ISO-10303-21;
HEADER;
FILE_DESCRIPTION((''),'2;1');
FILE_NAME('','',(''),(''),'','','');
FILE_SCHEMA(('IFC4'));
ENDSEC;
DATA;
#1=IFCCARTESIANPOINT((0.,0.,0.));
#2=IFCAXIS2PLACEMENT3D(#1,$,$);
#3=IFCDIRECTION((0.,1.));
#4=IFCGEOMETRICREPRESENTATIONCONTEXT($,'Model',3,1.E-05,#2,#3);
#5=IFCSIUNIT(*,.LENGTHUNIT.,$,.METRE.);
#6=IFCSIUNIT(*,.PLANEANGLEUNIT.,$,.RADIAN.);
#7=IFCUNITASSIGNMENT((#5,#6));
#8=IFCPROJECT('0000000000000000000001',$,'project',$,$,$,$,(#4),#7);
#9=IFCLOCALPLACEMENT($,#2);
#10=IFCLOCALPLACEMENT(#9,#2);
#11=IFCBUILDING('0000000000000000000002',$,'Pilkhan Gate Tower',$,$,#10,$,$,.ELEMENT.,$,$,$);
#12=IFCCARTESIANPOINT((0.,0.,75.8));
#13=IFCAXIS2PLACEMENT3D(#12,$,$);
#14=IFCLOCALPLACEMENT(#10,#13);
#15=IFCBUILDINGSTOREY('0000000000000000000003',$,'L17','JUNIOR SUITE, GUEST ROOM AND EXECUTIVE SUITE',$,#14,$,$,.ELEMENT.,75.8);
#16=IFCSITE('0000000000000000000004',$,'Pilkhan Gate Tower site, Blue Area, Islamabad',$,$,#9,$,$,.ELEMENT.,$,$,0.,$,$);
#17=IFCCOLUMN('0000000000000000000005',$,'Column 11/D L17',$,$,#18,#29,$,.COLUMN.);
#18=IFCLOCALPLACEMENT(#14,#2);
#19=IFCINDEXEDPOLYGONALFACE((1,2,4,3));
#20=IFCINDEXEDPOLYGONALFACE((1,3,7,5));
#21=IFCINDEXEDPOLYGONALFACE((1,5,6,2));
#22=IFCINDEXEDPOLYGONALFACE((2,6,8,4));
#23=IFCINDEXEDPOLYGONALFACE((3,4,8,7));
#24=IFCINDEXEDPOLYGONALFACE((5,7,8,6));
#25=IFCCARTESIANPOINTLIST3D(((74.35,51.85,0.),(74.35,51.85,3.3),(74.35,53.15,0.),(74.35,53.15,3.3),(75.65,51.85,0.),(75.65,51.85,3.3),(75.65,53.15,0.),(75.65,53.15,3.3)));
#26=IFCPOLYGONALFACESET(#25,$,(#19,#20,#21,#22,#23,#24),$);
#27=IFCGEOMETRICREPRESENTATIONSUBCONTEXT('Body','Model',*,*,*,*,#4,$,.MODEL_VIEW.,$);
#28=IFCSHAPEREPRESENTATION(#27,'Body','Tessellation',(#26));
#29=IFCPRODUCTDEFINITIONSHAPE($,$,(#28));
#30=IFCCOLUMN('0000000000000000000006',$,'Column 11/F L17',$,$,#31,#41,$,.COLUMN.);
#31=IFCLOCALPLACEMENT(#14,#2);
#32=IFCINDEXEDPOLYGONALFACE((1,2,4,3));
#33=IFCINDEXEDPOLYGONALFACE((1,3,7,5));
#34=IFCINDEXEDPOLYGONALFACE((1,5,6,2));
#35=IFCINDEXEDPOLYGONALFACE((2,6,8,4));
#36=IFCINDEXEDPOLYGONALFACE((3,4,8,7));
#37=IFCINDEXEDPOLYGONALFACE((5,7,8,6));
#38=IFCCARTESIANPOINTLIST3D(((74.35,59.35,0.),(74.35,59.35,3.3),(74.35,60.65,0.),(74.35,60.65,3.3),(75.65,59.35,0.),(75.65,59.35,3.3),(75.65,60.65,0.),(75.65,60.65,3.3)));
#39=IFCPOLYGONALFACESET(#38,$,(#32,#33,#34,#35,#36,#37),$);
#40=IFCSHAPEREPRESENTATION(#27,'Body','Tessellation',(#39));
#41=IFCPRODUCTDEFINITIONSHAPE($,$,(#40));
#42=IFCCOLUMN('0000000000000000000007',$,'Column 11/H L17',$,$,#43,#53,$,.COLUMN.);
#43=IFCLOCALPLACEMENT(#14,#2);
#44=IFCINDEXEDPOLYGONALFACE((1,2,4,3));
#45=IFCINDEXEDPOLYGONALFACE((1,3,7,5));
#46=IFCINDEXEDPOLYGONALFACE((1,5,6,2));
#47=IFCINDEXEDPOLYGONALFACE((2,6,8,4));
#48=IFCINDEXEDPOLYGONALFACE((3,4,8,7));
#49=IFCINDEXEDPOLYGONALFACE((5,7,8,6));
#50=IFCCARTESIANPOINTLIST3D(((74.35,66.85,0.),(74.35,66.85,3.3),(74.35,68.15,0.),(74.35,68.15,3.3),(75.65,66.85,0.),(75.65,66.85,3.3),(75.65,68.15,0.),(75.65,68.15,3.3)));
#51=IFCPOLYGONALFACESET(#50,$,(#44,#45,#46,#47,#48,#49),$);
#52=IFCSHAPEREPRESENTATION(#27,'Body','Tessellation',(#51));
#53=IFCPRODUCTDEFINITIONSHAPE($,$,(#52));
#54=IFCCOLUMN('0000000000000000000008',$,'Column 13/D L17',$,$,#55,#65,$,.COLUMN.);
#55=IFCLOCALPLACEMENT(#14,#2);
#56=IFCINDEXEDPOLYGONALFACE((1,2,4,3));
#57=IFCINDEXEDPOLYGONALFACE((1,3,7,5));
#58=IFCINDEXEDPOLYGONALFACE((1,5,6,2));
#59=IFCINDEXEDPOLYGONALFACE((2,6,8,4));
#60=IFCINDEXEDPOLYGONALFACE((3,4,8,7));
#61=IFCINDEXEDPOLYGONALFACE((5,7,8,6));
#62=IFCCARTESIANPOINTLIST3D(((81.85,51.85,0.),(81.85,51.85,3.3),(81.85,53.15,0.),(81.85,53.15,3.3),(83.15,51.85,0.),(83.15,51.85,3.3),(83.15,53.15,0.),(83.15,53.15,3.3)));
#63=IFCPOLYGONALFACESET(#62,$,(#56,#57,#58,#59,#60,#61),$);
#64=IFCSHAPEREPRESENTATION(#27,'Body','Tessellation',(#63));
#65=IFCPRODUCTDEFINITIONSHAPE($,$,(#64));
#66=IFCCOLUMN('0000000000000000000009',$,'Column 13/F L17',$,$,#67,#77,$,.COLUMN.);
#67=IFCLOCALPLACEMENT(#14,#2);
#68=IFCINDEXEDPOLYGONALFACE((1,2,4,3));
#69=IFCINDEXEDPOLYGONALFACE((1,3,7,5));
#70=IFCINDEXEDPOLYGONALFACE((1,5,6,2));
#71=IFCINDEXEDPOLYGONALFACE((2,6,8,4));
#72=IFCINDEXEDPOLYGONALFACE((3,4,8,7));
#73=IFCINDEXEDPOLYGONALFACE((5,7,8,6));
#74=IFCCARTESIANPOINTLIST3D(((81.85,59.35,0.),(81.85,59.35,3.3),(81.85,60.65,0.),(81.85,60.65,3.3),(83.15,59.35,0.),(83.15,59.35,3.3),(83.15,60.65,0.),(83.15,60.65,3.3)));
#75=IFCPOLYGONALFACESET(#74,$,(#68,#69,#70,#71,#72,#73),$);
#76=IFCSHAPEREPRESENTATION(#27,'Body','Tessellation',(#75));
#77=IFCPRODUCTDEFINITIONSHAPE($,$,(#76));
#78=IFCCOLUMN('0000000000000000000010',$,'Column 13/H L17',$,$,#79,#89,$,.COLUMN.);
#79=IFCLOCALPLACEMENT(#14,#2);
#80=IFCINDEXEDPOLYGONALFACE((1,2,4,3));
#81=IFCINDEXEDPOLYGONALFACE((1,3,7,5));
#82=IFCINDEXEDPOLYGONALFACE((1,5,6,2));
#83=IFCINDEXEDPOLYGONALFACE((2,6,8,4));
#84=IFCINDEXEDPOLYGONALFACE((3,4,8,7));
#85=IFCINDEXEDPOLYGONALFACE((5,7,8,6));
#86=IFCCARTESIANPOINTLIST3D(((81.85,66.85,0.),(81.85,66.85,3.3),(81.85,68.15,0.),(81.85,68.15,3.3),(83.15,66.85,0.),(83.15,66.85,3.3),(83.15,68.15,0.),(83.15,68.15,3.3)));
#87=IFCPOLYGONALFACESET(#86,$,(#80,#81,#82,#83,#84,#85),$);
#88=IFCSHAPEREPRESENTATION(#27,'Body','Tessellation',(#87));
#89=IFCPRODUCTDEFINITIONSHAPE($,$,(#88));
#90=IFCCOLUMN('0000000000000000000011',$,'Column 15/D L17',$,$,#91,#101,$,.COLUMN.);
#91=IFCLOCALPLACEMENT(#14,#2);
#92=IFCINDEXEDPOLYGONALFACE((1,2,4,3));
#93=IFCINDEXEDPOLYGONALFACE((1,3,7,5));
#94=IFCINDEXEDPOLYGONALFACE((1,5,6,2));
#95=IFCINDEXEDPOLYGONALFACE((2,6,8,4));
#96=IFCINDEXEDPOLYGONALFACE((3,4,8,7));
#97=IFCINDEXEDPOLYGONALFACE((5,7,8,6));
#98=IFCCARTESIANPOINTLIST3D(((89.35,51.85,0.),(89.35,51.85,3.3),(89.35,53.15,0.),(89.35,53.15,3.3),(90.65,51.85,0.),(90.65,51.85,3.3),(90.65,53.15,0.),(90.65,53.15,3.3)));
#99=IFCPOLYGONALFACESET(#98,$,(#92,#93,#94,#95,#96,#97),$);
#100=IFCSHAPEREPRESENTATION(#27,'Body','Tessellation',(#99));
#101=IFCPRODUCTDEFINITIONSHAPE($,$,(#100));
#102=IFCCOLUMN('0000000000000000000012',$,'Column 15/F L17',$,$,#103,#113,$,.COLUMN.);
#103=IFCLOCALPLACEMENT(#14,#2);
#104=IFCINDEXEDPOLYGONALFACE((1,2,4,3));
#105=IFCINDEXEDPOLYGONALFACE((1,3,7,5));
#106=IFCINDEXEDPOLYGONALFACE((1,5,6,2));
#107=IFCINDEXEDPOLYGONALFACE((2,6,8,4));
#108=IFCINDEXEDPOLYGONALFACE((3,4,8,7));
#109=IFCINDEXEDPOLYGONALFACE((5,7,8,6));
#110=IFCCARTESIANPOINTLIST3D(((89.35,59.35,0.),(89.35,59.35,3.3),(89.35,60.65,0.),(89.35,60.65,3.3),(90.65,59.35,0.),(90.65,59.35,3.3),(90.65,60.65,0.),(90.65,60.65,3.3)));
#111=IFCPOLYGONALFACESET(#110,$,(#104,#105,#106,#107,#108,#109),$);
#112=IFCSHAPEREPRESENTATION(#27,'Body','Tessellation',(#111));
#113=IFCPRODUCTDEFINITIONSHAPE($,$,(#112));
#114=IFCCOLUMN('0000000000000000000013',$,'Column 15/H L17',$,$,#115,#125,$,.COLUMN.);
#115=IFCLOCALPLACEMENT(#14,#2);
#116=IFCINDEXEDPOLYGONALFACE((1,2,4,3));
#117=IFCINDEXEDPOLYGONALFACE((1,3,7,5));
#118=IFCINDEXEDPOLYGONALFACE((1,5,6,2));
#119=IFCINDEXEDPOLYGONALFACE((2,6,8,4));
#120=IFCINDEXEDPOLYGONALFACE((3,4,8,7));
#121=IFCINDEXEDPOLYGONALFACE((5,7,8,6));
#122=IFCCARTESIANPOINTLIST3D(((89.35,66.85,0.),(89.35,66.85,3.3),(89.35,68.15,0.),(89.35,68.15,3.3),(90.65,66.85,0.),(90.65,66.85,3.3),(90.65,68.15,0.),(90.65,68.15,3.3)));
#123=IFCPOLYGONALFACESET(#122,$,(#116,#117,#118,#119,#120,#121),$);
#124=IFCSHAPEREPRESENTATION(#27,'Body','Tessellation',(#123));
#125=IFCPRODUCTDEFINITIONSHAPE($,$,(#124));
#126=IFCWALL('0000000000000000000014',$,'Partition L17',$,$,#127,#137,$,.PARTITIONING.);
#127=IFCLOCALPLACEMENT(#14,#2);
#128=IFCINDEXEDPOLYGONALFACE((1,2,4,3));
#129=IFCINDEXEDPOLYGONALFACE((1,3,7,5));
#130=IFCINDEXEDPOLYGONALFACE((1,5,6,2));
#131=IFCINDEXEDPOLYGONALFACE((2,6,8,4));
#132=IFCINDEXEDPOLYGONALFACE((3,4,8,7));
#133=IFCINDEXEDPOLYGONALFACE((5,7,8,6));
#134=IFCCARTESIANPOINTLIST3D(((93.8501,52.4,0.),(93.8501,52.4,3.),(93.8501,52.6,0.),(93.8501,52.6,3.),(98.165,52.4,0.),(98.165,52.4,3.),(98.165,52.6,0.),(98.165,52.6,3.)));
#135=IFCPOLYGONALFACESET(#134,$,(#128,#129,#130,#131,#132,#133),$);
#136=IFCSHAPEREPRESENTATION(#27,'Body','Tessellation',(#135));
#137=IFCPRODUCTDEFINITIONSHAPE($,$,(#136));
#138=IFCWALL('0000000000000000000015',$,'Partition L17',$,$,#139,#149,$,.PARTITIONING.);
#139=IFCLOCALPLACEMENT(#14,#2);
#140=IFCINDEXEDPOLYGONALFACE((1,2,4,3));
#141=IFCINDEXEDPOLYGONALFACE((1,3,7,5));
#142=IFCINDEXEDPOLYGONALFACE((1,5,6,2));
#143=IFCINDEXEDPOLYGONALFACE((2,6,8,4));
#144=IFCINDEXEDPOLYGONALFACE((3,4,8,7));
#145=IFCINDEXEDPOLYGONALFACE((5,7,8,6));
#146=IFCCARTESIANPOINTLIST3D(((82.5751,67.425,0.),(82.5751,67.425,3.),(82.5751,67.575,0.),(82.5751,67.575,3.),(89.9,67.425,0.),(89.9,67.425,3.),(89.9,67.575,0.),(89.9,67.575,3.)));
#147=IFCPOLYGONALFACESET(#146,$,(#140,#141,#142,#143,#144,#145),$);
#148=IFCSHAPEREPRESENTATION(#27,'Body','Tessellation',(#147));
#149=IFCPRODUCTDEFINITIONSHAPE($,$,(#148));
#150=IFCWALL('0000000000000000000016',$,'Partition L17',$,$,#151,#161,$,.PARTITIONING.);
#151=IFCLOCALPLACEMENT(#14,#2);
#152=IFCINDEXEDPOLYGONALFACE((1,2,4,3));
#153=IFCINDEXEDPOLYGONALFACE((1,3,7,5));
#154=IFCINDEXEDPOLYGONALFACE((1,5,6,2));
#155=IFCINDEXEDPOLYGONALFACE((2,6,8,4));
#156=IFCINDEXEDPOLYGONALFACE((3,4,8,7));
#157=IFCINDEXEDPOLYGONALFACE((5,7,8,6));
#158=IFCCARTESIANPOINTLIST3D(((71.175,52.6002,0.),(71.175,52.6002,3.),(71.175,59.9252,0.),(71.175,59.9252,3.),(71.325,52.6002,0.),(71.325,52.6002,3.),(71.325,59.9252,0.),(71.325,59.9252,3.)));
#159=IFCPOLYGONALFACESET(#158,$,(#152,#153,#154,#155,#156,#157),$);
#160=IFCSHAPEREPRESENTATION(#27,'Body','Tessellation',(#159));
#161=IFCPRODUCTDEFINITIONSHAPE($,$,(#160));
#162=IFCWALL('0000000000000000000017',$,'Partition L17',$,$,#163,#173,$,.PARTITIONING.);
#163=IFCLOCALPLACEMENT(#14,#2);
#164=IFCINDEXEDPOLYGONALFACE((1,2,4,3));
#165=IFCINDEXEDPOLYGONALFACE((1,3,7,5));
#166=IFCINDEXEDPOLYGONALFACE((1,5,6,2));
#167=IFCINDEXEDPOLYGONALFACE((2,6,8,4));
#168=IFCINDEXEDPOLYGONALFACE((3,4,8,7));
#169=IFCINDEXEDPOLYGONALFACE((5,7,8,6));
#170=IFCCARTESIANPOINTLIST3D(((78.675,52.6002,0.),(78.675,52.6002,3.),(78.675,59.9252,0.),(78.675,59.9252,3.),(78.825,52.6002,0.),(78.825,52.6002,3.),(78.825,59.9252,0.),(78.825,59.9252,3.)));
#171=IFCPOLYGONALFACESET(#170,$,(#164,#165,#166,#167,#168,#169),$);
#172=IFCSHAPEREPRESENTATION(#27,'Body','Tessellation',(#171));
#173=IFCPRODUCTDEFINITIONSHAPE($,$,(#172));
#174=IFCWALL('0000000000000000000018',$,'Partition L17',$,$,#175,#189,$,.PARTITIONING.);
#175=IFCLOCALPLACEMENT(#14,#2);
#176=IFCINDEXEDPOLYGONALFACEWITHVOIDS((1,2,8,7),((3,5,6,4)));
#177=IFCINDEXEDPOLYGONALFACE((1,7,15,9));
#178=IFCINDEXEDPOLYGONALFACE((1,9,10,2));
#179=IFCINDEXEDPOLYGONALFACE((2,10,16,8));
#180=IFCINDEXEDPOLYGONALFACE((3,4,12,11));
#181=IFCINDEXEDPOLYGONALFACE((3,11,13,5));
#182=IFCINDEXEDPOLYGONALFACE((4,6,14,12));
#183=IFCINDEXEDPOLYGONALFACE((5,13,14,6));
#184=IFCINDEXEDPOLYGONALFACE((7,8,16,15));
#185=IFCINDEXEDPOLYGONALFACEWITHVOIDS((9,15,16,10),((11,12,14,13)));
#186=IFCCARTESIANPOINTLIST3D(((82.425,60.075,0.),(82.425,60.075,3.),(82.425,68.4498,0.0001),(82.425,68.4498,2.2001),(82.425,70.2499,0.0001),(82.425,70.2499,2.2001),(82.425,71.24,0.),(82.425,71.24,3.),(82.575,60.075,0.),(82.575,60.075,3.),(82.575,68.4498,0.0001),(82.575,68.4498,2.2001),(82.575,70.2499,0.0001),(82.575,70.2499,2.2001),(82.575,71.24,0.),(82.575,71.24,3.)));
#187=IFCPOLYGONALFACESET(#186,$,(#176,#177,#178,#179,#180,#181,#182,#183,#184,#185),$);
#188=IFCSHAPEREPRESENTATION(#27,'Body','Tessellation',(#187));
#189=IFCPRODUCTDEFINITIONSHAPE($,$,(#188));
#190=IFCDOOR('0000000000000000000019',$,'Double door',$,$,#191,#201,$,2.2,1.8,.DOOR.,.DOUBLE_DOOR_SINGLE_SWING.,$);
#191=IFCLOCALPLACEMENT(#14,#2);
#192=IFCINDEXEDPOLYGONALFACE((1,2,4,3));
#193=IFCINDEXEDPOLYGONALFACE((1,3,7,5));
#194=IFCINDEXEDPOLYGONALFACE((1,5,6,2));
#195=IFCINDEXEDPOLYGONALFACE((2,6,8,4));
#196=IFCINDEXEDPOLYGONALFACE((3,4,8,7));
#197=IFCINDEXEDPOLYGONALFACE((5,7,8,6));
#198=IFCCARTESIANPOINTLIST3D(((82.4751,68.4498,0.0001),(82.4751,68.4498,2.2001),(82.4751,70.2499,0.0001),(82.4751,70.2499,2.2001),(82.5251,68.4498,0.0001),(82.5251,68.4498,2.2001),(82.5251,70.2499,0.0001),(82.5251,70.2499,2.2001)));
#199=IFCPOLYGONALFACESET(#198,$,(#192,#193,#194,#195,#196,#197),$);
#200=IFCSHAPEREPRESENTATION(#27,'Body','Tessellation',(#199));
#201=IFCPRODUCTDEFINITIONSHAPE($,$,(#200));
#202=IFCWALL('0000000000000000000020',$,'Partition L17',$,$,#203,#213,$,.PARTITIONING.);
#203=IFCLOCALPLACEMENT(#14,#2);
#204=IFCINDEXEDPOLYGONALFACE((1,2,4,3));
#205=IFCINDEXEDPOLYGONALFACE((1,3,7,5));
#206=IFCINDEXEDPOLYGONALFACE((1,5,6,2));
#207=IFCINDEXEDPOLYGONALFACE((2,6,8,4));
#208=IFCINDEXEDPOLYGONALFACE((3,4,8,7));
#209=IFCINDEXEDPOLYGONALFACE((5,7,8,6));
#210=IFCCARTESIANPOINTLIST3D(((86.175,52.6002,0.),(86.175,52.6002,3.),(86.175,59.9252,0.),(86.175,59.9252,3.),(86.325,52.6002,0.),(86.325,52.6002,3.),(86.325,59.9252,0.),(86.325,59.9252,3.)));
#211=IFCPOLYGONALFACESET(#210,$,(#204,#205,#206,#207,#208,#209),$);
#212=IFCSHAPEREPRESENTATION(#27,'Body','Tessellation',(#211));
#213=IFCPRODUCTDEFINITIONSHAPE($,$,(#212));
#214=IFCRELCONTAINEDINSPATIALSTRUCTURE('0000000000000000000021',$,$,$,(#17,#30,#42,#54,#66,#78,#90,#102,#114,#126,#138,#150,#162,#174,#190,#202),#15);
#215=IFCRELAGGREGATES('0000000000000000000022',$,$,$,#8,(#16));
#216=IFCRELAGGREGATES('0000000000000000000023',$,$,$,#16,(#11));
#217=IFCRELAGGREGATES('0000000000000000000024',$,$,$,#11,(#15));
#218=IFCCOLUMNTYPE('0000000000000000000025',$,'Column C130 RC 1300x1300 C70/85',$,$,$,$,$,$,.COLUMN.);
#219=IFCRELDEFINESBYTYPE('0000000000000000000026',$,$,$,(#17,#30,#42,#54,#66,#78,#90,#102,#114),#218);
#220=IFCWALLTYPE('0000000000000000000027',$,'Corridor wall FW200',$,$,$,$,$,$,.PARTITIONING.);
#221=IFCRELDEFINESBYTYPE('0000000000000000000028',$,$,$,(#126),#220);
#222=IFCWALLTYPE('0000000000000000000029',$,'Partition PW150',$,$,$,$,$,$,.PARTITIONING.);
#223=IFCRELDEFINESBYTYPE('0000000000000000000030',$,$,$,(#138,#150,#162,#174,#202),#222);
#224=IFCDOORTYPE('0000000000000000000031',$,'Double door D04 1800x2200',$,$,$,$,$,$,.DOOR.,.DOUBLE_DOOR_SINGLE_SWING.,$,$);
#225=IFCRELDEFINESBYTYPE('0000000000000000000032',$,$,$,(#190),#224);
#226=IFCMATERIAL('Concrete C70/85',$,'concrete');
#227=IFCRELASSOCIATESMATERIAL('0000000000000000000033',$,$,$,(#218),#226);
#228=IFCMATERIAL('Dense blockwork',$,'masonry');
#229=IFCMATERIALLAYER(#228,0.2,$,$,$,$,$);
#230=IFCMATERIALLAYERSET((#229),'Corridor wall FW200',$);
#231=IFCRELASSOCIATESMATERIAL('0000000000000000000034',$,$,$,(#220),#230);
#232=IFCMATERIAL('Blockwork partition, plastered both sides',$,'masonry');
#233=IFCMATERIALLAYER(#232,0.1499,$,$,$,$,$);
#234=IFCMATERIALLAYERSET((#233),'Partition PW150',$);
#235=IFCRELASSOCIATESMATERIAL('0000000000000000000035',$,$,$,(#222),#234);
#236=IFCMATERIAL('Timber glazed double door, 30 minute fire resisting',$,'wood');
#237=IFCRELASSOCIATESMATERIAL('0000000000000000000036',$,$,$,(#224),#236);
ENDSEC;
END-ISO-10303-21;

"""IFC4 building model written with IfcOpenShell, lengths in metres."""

from ifc_helpers import new_model, si_unit, direction, frame, frame_2d, origin, origin_2d, place, context, subcontext, project, spatial, rectangle, extrude, material, layer, layer_set, material_profile, profile_set, type_object, element, fill, save


model = new_model("IFC4")

# Units and contexts
model_context = context("Model", 3, precision=1e-05, world=origin(), true_north=direction((0.0, 1.0)))
body_context = subcontext(model_context, "Body", "Model", "MODEL_VIEW")
ifc_project = project(units=[si_unit("LENGTHUNIT", "METRE"), si_unit("PLANEANGLEUNIT", "RADIAN")], contexts=[model_context])

# Site, building, storey
site_placement = place(None, origin())
site = spatial("IfcSite", under=ifc_project, at=site_placement, Name="Pilkhan Gate Tower site, Blue Area, Islamabad", CompositionType="ELEMENT", RefElevation=0.0)
building_placement = place(site_placement, origin())
building = spatial("IfcBuilding", under=site, at=building_placement, Name="Pilkhan Gate Tower", CompositionType="ELEMENT")
storey_placement = place(building_placement, frame((0.0, 0.0, 75.8)))
storey = spatial("IfcBuildingStorey", under=building, at=storey_placement, Name="L17", Description="JUNIOR SUITE, GUEST ROOM AND EXECUTIVE SUITE", CompositionType="ELEMENT", Elevation=75.8)

# Columns
ifc_material_1 = material(Name="Concrete C70/85", Category="concrete")
ifc_material_profile = material_profile(ifc_material_1, rectangle(XDim=1.3, YDim=1.3, at=origin_2d()), Name="RC 1300x1300")
ifc_profile_set = profile_set([ifc_material_profile], Name="Concrete C70/85")
column_type = type_object("IfcColumnType", Name="Column C130 RC 1300x1300 C70/85", PredefinedType="COLUMN", material=ifc_profile_set)
for number, where, z_axis, x_axis, name in (
    (1, (75.0, 52.5, 0.0), (0.0, 0.0, 1.0), (1.0, 0.0, 0.0), "Column 11/D L17"),
    (2, (75.0, 60.0, 0.0), (0.0, 0.0, 1.0), (1.0, 0.0, 0.0), "Column 11/F L17"),
    (3, (75.0, 67.5, 0.0), (0.0, 0.0, 1.0), (1.0, 0.0, 0.0), "Column 11/H L17"),
    (4, (82.5, 52.5, 0.0), (0.0, 0.0, 1.0), (1.0, 0.0, 0.0), "Column 13/D L17"),
    (5, (82.5, 60.0, 0.0), (0.0, 0.0, 1.0), (1.0, 0.0, 0.0), "Column 13/F L17"),
    (6, (82.5, 67.5, 0.0), (0.0, 0.0, 1.0), (1.0, 0.0, 0.0), "Column 13/H L17"),
    (7, (90.0, 52.5, 0.0), (0.0, 0.0, 1.0), (1.0, 0.0, 0.0), "Column 15/D L17"),
    (8, (90.0, 60.0, 0.0), (0.0, 0.0, 1.0), (1.0, 0.0, 0.0), "Column 15/F L17"),
    (9, (90.0, 67.5, 0.0), (0.0, 0.0, 1.0), (1.0, 0.0, 0.0), "Column 15/H L17"),
):
    element("IfcColumn", number, at=place(storey_placement, frame(where, z_axis=z_axis, x_axis=x_axis)), inside=storey, type_object=column_type, Name=name, PredefinedType="COLUMN", context=body_context, shape_type="SweptSolid", body=[
        extrude(rectangle(XDim=1.3, YDim=1.3, at=origin_2d()), origin(), (0.0, 0.0, 1.0), 3.3),
    ])

# Walls
ifc_material_2 = material(Name="Dense blockwork", Category="masonry")
ifc_layer_1 = layer(ifc_material_2, 0.2)
ifc_layer_set_1 = layer_set([ifc_layer_1], Name="Corridor wall FW200")
wall_type_1 = type_object("IfcWallType", Name="Corridor wall FW200", PredefinedType="PARTITIONING", material=ifc_layer_set_1)
wall_1_placement = place(storey_placement, frame((93.8501, 52.5, 0.0), z_axis=(0.0, 0.0, 1.0), x_axis=(1.0, 0.0, 0.0)))
element("IfcWall", 10, at=wall_1_placement, inside=storey, type_object=wall_type_1, Name="Partition L17", PredefinedType="PARTITIONING", context=body_context, shape_type="SweptSolid", body=[
    extrude(rectangle(XDim=4.3149, YDim=0.2, at=frame_2d((2.1575, 0.0))), origin(), (0.0, 0.0, 1.0), 3.0),
])
ifc_material_3 = material(Name="Blockwork partition, plastered both sides", Category="masonry")
ifc_layer_2 = layer(ifc_material_3, 0.1499)
ifc_layer_set_2 = layer_set([ifc_layer_2], Name="Partition PW150")
wall_type_2 = type_object("IfcWallType", Name="Partition PW150", PredefinedType="PARTITIONING", material=ifc_layer_set_2)
for number, where, z_axis, x_axis, name in (
    (11, (82.575, 67.5, 0.0), (0.0, 0.0, 1.0), (1.0, 0.0, 0.0), "Partition L17"),
    (12, (71.25, 52.6001, 0.0), (0.0, 0.0, 1.0), (0.0, 1.0, 0.0), "Partition L17"),
    (13, (78.75, 52.6001, 0.0), (0.0, 0.0, 1.0), (0.0, 1.0, 0.0), "Partition L17"),
):
    element("IfcWall", number, at=place(storey_placement, frame(where, z_axis=z_axis, x_axis=x_axis)), inside=storey, type_object=wall_type_2, Name=name, PredefinedType="PARTITIONING", context=body_context, shape_type="SweptSolid", body=[
        extrude(rectangle(XDim=7.325, YDim=0.1499, at=frame_2d((3.6626, 0.0))), origin(), (0.0, 0.0, 1.0), 3.0),
    ])

# Wall, opening, door
wall_2_placement = place(storey_placement, frame((82.5, 60.075, 0.0), z_axis=(0.0, 0.0, 1.0), x_axis=(0.0, 1.0, 0.0)))
wall_2 = element("IfcWall", 14, at=wall_2_placement, inside=storey, type_object=wall_type_2, Name="Partition L17", PredefinedType="PARTITIONING", context=body_context, shape_type="SweptSolid", body=[
    extrude(rectangle(XDim=11.165, YDim=0.1499, at=frame_2d((5.5825, 0.0))), origin(), (0.0, 0.0, 1.0), 3.0),
])
opening_1_placement = place(wall_2_placement, frame((8.375, 0.0, 0.0)))
opening_1 = element("IfcOpeningElement", 15, at=opening_1_placement, cuts=wall_2, PredefinedType="OPENING", context=body_context, shape_type="SweptSolid", body=[
    extrude(rectangle(XDim=1.8, YDim=2.2, at=frame_2d((0.8999, 1.1001))), frame((0.0, 0.085, 0.0), z_axis=(0.0, -1.0, 0.0), x_axis=(1.0, 0.0, 0.0)), (0.0, 0.0, 1.0), 0.1699),
])
ifc_material_4 = material(Name="Timber glazed double door, 30 minute fire resisting", Category="wood")
door_type_1 = type_object("IfcDoorType", Name="Double door D04 1800x2200", OperationType="DOUBLE_DOOR_SINGLE_SWING", PredefinedType="DOOR", material=ifc_material_4)
door_1_placement = place(opening_1_placement, origin())
door_1 = element("IfcDoor", 16, at=door_1_placement, inside=storey, type_object=door_type_1, Name="Double door", OperationType="DOUBLE_DOOR_SINGLE_SWING", OverallHeight=2.2, OverallWidth=1.8, PredefinedType="DOOR", context=body_context, shape_type="SweptSolid", body=[
    extrude(rectangle(XDim=1.8, YDim=2.2, at=frame_2d((0.8999, 1.1001))), frame((0.0, 0.0249, 0.0), z_axis=(0.0, -1.0, 0.0), x_axis=(1.0, 0.0, 0.0)), (0.0, 0.0, 1.0), 0.05),
])
fill(opening_1, door_1)

# Wall
wall_3_placement = place(storey_placement, frame((86.25, 52.6001, 0.0), z_axis=(0.0, 0.0, 1.0), x_axis=(0.0, 1.0, 0.0)))
element("IfcWall", 17, at=wall_3_placement, inside=storey, type_object=wall_type_2, Name="Partition L17", PredefinedType="PARTITIONING", context=body_context, shape_type="SweptSolid", body=[
    extrude(rectangle(XDim=7.325, YDim=0.1499, at=frame_2d((3.6626, 0.0))), origin(), (0.0, 0.0, 1.0), 3.0),
])

save(model, "model.ifc")
